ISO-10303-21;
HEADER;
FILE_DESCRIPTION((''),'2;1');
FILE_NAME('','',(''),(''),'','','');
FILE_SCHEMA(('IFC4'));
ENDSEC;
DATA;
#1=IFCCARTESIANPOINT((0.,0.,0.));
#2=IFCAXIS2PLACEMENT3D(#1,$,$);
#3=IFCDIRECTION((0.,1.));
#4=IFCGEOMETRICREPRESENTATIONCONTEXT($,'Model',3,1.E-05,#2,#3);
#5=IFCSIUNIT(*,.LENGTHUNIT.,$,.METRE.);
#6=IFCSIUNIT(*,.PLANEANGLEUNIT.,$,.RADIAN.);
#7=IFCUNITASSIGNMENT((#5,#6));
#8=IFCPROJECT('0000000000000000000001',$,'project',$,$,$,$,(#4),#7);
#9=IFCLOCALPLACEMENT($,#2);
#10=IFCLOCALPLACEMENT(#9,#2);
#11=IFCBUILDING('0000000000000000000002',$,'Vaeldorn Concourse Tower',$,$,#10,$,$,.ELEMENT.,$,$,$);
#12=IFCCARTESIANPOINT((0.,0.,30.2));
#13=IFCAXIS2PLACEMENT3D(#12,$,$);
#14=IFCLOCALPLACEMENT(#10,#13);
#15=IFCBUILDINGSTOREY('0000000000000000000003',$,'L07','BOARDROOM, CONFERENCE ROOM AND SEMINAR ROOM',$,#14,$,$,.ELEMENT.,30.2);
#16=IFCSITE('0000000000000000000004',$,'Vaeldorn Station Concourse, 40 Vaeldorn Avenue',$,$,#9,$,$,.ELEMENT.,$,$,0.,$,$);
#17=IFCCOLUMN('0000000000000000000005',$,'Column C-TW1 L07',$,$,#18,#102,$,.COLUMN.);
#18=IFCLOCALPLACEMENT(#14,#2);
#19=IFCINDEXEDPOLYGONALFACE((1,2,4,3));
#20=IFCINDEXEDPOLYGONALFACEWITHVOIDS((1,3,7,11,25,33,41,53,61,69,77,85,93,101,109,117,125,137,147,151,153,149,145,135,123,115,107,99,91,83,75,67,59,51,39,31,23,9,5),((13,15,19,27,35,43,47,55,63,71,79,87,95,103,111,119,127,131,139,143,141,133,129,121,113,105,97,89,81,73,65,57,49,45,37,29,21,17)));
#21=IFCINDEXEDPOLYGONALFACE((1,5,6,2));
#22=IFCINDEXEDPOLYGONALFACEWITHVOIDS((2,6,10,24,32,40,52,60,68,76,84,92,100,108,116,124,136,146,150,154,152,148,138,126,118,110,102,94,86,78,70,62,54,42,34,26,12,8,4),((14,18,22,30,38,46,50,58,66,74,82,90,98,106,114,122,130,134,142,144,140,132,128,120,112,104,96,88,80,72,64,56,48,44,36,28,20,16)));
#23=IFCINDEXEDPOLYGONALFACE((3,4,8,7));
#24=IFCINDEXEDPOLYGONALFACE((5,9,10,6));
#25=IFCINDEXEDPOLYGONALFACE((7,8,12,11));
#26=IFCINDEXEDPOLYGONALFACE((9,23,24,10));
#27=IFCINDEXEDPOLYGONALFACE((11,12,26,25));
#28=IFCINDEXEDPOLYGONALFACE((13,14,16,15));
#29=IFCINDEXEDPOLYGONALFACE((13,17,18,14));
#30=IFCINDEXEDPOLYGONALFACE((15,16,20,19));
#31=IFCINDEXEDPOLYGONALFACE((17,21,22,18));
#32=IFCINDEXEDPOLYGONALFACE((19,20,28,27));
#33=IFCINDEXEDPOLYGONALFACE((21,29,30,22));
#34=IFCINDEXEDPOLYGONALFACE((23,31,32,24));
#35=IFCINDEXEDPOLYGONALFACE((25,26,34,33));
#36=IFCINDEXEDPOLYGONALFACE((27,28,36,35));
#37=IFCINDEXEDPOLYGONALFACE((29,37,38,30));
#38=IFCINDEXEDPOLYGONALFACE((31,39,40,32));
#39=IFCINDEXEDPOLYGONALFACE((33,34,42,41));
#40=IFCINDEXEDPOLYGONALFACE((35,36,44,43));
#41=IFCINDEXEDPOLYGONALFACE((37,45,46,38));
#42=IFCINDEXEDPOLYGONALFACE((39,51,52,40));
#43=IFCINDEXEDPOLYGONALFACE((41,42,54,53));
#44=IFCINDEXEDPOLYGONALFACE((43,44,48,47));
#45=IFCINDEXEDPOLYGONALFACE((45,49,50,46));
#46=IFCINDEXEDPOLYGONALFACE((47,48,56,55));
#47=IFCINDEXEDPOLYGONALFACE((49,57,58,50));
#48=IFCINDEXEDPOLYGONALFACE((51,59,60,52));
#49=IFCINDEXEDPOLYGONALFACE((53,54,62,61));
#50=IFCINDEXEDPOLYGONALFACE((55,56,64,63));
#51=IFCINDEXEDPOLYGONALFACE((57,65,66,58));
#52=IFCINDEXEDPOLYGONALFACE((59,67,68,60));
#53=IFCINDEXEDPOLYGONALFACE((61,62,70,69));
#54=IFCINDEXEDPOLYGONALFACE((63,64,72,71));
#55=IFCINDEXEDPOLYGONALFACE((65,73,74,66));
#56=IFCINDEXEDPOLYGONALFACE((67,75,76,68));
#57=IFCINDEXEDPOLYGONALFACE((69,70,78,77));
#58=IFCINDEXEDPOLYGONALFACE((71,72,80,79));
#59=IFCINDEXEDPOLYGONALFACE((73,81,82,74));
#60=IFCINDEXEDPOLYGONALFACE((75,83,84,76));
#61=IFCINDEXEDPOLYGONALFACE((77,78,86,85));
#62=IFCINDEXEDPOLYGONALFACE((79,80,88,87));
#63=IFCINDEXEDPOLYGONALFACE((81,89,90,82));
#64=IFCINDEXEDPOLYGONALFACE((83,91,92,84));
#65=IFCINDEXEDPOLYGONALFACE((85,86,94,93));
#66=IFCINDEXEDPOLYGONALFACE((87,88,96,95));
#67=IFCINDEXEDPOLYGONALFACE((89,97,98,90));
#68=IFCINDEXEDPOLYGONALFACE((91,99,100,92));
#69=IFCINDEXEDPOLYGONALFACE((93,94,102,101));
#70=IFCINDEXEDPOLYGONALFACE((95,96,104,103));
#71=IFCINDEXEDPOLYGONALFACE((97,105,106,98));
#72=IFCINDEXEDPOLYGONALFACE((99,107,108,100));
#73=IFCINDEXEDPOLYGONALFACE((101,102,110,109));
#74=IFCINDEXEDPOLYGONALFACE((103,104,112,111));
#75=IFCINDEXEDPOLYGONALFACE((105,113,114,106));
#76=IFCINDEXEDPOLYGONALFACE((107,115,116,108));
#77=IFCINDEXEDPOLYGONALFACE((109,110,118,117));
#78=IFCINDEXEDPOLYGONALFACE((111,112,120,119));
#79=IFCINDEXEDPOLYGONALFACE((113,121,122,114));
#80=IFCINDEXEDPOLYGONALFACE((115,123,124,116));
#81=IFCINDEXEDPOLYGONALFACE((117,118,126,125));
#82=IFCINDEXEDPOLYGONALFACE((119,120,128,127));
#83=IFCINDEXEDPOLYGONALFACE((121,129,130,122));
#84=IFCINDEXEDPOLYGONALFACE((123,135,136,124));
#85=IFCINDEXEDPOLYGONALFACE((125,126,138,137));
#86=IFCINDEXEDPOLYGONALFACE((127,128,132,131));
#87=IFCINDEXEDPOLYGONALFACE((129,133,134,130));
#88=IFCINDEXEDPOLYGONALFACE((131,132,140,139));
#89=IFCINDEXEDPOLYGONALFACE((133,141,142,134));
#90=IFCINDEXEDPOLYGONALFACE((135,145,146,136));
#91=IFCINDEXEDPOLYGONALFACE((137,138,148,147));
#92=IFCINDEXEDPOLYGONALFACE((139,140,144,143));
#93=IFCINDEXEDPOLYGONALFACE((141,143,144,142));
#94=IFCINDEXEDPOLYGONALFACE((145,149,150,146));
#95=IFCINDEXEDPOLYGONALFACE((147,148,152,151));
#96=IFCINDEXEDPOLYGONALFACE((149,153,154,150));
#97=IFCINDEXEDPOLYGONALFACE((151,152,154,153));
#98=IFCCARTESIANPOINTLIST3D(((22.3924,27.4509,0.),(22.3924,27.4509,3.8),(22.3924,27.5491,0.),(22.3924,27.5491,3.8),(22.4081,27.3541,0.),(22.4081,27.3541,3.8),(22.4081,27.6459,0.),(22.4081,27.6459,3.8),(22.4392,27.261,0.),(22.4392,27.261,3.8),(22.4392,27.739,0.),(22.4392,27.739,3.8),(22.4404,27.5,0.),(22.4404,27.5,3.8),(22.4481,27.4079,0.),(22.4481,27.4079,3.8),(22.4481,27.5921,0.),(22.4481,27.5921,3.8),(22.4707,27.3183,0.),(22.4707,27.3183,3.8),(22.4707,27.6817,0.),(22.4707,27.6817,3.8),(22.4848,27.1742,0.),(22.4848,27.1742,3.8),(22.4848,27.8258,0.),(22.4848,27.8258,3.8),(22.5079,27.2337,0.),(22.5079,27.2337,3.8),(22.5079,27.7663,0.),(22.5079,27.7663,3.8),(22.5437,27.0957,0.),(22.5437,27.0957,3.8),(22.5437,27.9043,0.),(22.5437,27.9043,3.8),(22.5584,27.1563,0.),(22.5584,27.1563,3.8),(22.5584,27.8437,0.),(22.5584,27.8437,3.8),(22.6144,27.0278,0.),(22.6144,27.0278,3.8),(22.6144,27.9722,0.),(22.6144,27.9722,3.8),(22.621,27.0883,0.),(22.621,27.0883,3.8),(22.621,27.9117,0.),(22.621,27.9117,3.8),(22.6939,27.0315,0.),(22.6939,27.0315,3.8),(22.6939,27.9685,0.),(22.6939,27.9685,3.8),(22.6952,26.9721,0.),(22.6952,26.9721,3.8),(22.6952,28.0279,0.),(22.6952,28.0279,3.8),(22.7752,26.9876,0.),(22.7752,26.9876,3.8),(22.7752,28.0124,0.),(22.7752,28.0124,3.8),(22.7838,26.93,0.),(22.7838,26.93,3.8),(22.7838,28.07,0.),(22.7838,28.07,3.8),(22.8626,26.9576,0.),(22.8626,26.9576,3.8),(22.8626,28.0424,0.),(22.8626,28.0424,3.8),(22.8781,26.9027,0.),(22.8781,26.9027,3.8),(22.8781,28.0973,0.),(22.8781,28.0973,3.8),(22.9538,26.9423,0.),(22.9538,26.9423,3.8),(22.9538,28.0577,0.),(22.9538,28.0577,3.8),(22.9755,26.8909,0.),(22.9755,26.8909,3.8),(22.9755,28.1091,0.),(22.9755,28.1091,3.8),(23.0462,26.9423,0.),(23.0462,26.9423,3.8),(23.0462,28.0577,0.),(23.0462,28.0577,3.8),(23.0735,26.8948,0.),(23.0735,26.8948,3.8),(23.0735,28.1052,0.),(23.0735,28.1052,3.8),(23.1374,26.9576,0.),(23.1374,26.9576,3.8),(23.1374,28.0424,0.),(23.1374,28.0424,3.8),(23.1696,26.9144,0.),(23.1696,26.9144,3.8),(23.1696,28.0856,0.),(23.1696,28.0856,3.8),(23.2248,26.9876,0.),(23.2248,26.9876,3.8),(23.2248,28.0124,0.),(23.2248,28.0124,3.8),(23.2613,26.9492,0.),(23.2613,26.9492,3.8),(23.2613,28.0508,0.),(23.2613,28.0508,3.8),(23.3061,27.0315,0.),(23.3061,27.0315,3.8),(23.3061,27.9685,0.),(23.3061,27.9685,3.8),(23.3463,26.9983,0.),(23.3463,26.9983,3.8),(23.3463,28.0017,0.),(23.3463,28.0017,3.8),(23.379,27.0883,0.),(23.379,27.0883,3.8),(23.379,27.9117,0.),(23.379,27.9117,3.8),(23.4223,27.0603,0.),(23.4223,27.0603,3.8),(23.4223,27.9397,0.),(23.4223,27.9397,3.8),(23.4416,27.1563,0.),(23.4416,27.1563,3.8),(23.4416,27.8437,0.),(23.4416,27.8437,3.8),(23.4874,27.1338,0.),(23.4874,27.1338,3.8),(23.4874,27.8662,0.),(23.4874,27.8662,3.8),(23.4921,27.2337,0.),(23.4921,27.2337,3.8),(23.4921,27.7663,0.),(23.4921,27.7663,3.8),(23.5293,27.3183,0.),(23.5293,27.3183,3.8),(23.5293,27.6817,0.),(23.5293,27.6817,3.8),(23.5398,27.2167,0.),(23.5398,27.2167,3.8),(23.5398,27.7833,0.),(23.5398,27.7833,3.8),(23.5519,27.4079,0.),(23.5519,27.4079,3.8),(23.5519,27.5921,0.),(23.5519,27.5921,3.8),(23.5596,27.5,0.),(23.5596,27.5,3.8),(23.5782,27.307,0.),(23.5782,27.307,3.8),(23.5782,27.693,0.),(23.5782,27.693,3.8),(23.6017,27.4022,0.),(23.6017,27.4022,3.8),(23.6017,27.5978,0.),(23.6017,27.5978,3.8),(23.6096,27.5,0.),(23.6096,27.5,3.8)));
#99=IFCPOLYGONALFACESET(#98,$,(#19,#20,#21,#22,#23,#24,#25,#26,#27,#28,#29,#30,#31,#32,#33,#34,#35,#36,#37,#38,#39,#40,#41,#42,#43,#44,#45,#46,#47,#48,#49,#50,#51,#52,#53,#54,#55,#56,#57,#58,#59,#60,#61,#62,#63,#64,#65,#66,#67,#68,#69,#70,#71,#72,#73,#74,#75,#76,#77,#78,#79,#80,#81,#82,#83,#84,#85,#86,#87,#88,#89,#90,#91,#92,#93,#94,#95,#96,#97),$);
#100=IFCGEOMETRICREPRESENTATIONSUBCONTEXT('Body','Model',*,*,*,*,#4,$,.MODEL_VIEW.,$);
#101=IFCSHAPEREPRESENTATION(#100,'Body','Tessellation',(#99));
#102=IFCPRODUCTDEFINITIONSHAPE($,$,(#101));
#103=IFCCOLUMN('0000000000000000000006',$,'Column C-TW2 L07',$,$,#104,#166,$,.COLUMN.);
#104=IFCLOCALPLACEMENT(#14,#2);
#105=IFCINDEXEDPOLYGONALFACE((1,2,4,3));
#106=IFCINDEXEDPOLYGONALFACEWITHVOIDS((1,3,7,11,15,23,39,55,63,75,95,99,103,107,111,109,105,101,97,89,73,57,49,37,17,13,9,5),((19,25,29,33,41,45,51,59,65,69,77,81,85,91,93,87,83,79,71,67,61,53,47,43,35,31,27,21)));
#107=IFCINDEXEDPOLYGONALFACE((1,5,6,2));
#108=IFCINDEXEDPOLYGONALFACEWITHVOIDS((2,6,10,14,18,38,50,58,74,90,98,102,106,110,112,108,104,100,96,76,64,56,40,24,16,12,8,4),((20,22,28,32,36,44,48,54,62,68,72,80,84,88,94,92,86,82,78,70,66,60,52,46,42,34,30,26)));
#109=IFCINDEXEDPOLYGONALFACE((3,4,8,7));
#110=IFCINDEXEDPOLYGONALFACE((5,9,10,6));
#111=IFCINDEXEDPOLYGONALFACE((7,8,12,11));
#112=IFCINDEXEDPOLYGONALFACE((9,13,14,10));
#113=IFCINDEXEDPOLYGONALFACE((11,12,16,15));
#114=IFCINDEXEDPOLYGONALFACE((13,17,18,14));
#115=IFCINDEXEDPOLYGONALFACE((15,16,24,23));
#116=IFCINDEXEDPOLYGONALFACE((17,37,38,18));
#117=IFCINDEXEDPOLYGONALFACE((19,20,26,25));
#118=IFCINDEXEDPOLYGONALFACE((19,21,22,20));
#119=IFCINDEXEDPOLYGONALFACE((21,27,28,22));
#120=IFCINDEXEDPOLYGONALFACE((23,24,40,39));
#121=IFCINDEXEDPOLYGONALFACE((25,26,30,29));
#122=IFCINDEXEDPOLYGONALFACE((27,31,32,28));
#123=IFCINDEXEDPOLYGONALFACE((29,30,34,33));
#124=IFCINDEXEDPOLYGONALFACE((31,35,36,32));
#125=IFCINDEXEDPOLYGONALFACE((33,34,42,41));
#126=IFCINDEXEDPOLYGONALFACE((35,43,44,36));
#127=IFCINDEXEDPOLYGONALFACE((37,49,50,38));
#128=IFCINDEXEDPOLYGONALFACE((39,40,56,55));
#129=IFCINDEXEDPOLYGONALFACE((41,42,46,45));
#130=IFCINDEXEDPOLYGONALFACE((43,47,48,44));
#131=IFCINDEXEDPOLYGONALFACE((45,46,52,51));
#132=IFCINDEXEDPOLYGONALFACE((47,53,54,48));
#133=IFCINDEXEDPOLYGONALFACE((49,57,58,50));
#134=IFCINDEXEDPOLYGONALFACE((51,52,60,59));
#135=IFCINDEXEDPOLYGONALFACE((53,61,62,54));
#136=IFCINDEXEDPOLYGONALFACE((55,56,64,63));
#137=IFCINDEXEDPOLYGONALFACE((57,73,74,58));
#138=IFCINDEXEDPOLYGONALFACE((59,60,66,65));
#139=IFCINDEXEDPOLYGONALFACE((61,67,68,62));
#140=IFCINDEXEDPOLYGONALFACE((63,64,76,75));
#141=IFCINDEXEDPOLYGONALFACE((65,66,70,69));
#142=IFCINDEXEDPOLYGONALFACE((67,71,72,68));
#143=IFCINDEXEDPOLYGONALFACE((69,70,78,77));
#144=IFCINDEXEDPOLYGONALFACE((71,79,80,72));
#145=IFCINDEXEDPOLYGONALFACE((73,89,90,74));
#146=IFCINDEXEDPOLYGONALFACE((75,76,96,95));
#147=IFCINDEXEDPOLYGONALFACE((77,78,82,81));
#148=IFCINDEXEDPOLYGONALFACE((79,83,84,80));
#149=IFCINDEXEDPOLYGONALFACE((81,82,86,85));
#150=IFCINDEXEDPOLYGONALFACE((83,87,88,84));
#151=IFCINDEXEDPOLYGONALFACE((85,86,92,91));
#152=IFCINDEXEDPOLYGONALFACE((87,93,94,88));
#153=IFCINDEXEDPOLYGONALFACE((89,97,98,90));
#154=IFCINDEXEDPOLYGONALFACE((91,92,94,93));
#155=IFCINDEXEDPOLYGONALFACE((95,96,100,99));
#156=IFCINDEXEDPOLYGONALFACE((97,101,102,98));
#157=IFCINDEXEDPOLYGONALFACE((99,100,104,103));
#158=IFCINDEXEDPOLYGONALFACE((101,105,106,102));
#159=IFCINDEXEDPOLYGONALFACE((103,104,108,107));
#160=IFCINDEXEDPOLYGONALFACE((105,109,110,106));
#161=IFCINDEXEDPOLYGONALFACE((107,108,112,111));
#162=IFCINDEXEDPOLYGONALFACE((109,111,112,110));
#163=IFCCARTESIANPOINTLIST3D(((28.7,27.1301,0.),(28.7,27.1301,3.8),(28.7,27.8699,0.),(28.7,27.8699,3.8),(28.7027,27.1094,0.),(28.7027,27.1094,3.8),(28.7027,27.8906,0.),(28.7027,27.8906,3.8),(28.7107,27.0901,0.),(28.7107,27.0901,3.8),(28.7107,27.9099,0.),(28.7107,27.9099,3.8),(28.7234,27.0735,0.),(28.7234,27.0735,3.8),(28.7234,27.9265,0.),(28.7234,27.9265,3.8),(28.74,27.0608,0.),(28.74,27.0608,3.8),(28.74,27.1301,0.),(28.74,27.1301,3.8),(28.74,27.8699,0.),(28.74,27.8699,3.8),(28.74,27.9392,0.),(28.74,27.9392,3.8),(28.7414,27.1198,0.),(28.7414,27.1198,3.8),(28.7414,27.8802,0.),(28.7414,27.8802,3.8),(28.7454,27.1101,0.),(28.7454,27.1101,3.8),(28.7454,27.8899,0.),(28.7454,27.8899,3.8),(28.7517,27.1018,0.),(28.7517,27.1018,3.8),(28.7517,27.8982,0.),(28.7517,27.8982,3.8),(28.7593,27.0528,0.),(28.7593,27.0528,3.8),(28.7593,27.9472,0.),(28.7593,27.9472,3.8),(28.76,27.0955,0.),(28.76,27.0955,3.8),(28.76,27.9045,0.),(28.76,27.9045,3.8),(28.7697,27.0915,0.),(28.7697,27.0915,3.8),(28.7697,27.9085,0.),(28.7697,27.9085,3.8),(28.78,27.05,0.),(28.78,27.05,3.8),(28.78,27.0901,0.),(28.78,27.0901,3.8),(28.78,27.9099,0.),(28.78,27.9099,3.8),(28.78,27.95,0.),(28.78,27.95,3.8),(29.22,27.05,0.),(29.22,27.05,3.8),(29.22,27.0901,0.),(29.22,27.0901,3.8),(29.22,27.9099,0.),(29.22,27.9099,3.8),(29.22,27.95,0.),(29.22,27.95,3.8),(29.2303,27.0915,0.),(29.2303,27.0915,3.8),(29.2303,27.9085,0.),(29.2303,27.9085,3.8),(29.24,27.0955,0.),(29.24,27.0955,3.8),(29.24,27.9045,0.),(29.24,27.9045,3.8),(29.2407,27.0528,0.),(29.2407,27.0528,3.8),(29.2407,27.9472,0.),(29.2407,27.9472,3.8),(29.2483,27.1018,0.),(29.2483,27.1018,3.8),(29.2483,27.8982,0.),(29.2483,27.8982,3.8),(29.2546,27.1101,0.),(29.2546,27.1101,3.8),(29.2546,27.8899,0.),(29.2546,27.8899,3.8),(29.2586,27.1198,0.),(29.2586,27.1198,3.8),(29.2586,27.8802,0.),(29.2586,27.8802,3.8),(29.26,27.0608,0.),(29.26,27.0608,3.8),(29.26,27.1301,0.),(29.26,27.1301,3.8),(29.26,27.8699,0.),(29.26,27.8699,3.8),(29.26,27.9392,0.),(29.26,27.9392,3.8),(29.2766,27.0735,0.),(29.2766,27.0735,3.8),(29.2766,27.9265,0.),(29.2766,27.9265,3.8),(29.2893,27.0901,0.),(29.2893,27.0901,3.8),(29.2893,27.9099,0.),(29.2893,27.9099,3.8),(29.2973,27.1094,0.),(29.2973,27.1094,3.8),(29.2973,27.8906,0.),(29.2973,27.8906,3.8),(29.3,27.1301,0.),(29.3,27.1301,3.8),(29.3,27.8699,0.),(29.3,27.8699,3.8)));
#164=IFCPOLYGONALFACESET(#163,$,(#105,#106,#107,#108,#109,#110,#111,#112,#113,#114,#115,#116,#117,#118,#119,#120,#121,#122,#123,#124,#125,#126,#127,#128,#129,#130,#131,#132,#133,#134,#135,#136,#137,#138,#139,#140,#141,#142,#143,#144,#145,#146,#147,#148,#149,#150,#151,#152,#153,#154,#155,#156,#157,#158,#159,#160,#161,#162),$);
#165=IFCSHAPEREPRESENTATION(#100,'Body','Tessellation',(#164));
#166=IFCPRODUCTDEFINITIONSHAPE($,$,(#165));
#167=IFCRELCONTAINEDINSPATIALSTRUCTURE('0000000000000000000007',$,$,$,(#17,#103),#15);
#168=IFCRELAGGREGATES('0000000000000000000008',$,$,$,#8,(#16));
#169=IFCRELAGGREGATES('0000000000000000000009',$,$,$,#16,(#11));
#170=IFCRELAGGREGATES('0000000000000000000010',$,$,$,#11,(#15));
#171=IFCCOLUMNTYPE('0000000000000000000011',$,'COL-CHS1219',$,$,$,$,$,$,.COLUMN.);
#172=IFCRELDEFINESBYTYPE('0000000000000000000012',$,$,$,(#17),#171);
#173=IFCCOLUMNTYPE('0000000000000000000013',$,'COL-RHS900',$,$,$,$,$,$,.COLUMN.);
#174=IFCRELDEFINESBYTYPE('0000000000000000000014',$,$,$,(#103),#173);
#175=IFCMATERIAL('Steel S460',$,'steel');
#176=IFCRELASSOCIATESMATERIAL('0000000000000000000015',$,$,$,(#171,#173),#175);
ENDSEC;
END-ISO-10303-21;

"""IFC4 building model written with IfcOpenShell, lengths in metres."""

from ifc_helpers import new_model, si_unit, direction, frame, origin, origin_2d, place, context, subcontext, project, spatial, hollow_rectangle, hollow_circle, extrude, source, transform, mapped, material, material_profile, profile_set, type_object, element, save


model = new_model("IFC4")

# Units and contexts
model_context = context("Model", 3, precision=1e-05, world=origin(), true_north=direction((0.0, 1.0)))
body_context = subcontext(model_context, "Body", "Model", "MODEL_VIEW")
ifc_project = project(units=[si_unit("LENGTHUNIT", "METRE"), si_unit("PLANEANGLEUNIT", "RADIAN")], contexts=[model_context])

# Site, building, storey
site_placement = place(None, origin())
site = spatial("IfcSite", under=ifc_project, at=site_placement, Name="Vaeldorn Station Concourse, 40 Vaeldorn Avenue", CompositionType="ELEMENT", RefElevation=0.0)
building_placement = place(site_placement, origin())
building = spatial("IfcBuilding", under=site, at=building_placement, Name="Vaeldorn Concourse Tower", CompositionType="ELEMENT")
storey_placement = place(building_placement, frame((0.0, 0.0, 30.2)))
storey = spatial("IfcBuildingStorey", under=building, at=storey_placement, Name="L07", Description="BOARDROOM, CONFERENCE ROOM AND SEMINAR ROOM", CompositionType="ELEMENT", Elevation=30.2)

# Columns
ifc_material_1 = material(Name="Steel S460", Category="steel")
ifc_material_profile_1 = material_profile(ifc_material_1, hollow_circle(Radius=0.6096, WallThickness=0.05, at=origin_2d()), Name="CHS 1219x50")
ifc_profile_set_1 = profile_set([ifc_material_profile_1], Name="Steel S460")
column_type_1 = type_object("IfcColumnType", Name="COL-CHS1219", PredefinedType="COLUMN", material=ifc_profile_set_1)
shared_shape_1 = source(origin(), body_context, "Body", "SweptSolid", [
    extrude(hollow_circle(Radius=0.6096, WallThickness=0.05, at=origin_2d()), origin(), (0.0, 0.0, 1.0), 3.8),
])
column_1_placement = place(storey_placement, frame((23.0, 27.5, 0.0), z_axis=(0.0, 0.0, 1.0), x_axis=(1.0, 0.0, 0.0)))
element("IfcColumn", 1, at=column_1_placement, inside=storey, type_object=column_type_1, Name="Column C-TW1 L07", PredefinedType="COLUMN", context=body_context, shape_type="MappedRepresentation", body=[
    mapped(shared_shape_1, transform((0.0, 0.0, 0.0), scale=1.0)),
])
ifc_material_profile_2 = material_profile(ifc_material_1, hollow_rectangle(XDim=0.6001, YDim=0.8999, WallThickness=0.04, InnerFilletRadius=0.04, OuterFilletRadius=0.0801, at=origin_2d()), Name="RHS 900x600x40")
ifc_profile_set_2 = profile_set([ifc_material_profile_2], Name="Steel S460")
column_type_2 = type_object("IfcColumnType", Name="COL-RHS900", PredefinedType="COLUMN", material=ifc_profile_set_2)
shared_shape_2 = source(origin(), body_context, "Body", "SweptSolid", [
    extrude(hollow_rectangle(XDim=0.6001, YDim=0.8999, WallThickness=0.04, InnerFilletRadius=0.04, OuterFilletRadius=0.0801, at=origin_2d()), origin(), (0.0, 0.0, 1.0), 3.8),
])
for number, where, z_axis, x_axis, name in (
    (2, (29.0, 27.5, 0.0), (0.0, 0.0, 1.0), (1.0, 0.0, 0.0), "Column C-TW2 L07"),
):
    element("IfcColumn", number, at=place(storey_placement, frame(where, z_axis=z_axis, x_axis=x_axis)), inside=storey, type_object=column_type_2, Name=name, PredefinedType="COLUMN", context=body_context, shape_type="MappedRepresentation", body=[
        mapped(shared_shape_2, transform((0.0, 0.0, 0.0), scale=1.0)),
    ])

save(model, "model.ifc")
